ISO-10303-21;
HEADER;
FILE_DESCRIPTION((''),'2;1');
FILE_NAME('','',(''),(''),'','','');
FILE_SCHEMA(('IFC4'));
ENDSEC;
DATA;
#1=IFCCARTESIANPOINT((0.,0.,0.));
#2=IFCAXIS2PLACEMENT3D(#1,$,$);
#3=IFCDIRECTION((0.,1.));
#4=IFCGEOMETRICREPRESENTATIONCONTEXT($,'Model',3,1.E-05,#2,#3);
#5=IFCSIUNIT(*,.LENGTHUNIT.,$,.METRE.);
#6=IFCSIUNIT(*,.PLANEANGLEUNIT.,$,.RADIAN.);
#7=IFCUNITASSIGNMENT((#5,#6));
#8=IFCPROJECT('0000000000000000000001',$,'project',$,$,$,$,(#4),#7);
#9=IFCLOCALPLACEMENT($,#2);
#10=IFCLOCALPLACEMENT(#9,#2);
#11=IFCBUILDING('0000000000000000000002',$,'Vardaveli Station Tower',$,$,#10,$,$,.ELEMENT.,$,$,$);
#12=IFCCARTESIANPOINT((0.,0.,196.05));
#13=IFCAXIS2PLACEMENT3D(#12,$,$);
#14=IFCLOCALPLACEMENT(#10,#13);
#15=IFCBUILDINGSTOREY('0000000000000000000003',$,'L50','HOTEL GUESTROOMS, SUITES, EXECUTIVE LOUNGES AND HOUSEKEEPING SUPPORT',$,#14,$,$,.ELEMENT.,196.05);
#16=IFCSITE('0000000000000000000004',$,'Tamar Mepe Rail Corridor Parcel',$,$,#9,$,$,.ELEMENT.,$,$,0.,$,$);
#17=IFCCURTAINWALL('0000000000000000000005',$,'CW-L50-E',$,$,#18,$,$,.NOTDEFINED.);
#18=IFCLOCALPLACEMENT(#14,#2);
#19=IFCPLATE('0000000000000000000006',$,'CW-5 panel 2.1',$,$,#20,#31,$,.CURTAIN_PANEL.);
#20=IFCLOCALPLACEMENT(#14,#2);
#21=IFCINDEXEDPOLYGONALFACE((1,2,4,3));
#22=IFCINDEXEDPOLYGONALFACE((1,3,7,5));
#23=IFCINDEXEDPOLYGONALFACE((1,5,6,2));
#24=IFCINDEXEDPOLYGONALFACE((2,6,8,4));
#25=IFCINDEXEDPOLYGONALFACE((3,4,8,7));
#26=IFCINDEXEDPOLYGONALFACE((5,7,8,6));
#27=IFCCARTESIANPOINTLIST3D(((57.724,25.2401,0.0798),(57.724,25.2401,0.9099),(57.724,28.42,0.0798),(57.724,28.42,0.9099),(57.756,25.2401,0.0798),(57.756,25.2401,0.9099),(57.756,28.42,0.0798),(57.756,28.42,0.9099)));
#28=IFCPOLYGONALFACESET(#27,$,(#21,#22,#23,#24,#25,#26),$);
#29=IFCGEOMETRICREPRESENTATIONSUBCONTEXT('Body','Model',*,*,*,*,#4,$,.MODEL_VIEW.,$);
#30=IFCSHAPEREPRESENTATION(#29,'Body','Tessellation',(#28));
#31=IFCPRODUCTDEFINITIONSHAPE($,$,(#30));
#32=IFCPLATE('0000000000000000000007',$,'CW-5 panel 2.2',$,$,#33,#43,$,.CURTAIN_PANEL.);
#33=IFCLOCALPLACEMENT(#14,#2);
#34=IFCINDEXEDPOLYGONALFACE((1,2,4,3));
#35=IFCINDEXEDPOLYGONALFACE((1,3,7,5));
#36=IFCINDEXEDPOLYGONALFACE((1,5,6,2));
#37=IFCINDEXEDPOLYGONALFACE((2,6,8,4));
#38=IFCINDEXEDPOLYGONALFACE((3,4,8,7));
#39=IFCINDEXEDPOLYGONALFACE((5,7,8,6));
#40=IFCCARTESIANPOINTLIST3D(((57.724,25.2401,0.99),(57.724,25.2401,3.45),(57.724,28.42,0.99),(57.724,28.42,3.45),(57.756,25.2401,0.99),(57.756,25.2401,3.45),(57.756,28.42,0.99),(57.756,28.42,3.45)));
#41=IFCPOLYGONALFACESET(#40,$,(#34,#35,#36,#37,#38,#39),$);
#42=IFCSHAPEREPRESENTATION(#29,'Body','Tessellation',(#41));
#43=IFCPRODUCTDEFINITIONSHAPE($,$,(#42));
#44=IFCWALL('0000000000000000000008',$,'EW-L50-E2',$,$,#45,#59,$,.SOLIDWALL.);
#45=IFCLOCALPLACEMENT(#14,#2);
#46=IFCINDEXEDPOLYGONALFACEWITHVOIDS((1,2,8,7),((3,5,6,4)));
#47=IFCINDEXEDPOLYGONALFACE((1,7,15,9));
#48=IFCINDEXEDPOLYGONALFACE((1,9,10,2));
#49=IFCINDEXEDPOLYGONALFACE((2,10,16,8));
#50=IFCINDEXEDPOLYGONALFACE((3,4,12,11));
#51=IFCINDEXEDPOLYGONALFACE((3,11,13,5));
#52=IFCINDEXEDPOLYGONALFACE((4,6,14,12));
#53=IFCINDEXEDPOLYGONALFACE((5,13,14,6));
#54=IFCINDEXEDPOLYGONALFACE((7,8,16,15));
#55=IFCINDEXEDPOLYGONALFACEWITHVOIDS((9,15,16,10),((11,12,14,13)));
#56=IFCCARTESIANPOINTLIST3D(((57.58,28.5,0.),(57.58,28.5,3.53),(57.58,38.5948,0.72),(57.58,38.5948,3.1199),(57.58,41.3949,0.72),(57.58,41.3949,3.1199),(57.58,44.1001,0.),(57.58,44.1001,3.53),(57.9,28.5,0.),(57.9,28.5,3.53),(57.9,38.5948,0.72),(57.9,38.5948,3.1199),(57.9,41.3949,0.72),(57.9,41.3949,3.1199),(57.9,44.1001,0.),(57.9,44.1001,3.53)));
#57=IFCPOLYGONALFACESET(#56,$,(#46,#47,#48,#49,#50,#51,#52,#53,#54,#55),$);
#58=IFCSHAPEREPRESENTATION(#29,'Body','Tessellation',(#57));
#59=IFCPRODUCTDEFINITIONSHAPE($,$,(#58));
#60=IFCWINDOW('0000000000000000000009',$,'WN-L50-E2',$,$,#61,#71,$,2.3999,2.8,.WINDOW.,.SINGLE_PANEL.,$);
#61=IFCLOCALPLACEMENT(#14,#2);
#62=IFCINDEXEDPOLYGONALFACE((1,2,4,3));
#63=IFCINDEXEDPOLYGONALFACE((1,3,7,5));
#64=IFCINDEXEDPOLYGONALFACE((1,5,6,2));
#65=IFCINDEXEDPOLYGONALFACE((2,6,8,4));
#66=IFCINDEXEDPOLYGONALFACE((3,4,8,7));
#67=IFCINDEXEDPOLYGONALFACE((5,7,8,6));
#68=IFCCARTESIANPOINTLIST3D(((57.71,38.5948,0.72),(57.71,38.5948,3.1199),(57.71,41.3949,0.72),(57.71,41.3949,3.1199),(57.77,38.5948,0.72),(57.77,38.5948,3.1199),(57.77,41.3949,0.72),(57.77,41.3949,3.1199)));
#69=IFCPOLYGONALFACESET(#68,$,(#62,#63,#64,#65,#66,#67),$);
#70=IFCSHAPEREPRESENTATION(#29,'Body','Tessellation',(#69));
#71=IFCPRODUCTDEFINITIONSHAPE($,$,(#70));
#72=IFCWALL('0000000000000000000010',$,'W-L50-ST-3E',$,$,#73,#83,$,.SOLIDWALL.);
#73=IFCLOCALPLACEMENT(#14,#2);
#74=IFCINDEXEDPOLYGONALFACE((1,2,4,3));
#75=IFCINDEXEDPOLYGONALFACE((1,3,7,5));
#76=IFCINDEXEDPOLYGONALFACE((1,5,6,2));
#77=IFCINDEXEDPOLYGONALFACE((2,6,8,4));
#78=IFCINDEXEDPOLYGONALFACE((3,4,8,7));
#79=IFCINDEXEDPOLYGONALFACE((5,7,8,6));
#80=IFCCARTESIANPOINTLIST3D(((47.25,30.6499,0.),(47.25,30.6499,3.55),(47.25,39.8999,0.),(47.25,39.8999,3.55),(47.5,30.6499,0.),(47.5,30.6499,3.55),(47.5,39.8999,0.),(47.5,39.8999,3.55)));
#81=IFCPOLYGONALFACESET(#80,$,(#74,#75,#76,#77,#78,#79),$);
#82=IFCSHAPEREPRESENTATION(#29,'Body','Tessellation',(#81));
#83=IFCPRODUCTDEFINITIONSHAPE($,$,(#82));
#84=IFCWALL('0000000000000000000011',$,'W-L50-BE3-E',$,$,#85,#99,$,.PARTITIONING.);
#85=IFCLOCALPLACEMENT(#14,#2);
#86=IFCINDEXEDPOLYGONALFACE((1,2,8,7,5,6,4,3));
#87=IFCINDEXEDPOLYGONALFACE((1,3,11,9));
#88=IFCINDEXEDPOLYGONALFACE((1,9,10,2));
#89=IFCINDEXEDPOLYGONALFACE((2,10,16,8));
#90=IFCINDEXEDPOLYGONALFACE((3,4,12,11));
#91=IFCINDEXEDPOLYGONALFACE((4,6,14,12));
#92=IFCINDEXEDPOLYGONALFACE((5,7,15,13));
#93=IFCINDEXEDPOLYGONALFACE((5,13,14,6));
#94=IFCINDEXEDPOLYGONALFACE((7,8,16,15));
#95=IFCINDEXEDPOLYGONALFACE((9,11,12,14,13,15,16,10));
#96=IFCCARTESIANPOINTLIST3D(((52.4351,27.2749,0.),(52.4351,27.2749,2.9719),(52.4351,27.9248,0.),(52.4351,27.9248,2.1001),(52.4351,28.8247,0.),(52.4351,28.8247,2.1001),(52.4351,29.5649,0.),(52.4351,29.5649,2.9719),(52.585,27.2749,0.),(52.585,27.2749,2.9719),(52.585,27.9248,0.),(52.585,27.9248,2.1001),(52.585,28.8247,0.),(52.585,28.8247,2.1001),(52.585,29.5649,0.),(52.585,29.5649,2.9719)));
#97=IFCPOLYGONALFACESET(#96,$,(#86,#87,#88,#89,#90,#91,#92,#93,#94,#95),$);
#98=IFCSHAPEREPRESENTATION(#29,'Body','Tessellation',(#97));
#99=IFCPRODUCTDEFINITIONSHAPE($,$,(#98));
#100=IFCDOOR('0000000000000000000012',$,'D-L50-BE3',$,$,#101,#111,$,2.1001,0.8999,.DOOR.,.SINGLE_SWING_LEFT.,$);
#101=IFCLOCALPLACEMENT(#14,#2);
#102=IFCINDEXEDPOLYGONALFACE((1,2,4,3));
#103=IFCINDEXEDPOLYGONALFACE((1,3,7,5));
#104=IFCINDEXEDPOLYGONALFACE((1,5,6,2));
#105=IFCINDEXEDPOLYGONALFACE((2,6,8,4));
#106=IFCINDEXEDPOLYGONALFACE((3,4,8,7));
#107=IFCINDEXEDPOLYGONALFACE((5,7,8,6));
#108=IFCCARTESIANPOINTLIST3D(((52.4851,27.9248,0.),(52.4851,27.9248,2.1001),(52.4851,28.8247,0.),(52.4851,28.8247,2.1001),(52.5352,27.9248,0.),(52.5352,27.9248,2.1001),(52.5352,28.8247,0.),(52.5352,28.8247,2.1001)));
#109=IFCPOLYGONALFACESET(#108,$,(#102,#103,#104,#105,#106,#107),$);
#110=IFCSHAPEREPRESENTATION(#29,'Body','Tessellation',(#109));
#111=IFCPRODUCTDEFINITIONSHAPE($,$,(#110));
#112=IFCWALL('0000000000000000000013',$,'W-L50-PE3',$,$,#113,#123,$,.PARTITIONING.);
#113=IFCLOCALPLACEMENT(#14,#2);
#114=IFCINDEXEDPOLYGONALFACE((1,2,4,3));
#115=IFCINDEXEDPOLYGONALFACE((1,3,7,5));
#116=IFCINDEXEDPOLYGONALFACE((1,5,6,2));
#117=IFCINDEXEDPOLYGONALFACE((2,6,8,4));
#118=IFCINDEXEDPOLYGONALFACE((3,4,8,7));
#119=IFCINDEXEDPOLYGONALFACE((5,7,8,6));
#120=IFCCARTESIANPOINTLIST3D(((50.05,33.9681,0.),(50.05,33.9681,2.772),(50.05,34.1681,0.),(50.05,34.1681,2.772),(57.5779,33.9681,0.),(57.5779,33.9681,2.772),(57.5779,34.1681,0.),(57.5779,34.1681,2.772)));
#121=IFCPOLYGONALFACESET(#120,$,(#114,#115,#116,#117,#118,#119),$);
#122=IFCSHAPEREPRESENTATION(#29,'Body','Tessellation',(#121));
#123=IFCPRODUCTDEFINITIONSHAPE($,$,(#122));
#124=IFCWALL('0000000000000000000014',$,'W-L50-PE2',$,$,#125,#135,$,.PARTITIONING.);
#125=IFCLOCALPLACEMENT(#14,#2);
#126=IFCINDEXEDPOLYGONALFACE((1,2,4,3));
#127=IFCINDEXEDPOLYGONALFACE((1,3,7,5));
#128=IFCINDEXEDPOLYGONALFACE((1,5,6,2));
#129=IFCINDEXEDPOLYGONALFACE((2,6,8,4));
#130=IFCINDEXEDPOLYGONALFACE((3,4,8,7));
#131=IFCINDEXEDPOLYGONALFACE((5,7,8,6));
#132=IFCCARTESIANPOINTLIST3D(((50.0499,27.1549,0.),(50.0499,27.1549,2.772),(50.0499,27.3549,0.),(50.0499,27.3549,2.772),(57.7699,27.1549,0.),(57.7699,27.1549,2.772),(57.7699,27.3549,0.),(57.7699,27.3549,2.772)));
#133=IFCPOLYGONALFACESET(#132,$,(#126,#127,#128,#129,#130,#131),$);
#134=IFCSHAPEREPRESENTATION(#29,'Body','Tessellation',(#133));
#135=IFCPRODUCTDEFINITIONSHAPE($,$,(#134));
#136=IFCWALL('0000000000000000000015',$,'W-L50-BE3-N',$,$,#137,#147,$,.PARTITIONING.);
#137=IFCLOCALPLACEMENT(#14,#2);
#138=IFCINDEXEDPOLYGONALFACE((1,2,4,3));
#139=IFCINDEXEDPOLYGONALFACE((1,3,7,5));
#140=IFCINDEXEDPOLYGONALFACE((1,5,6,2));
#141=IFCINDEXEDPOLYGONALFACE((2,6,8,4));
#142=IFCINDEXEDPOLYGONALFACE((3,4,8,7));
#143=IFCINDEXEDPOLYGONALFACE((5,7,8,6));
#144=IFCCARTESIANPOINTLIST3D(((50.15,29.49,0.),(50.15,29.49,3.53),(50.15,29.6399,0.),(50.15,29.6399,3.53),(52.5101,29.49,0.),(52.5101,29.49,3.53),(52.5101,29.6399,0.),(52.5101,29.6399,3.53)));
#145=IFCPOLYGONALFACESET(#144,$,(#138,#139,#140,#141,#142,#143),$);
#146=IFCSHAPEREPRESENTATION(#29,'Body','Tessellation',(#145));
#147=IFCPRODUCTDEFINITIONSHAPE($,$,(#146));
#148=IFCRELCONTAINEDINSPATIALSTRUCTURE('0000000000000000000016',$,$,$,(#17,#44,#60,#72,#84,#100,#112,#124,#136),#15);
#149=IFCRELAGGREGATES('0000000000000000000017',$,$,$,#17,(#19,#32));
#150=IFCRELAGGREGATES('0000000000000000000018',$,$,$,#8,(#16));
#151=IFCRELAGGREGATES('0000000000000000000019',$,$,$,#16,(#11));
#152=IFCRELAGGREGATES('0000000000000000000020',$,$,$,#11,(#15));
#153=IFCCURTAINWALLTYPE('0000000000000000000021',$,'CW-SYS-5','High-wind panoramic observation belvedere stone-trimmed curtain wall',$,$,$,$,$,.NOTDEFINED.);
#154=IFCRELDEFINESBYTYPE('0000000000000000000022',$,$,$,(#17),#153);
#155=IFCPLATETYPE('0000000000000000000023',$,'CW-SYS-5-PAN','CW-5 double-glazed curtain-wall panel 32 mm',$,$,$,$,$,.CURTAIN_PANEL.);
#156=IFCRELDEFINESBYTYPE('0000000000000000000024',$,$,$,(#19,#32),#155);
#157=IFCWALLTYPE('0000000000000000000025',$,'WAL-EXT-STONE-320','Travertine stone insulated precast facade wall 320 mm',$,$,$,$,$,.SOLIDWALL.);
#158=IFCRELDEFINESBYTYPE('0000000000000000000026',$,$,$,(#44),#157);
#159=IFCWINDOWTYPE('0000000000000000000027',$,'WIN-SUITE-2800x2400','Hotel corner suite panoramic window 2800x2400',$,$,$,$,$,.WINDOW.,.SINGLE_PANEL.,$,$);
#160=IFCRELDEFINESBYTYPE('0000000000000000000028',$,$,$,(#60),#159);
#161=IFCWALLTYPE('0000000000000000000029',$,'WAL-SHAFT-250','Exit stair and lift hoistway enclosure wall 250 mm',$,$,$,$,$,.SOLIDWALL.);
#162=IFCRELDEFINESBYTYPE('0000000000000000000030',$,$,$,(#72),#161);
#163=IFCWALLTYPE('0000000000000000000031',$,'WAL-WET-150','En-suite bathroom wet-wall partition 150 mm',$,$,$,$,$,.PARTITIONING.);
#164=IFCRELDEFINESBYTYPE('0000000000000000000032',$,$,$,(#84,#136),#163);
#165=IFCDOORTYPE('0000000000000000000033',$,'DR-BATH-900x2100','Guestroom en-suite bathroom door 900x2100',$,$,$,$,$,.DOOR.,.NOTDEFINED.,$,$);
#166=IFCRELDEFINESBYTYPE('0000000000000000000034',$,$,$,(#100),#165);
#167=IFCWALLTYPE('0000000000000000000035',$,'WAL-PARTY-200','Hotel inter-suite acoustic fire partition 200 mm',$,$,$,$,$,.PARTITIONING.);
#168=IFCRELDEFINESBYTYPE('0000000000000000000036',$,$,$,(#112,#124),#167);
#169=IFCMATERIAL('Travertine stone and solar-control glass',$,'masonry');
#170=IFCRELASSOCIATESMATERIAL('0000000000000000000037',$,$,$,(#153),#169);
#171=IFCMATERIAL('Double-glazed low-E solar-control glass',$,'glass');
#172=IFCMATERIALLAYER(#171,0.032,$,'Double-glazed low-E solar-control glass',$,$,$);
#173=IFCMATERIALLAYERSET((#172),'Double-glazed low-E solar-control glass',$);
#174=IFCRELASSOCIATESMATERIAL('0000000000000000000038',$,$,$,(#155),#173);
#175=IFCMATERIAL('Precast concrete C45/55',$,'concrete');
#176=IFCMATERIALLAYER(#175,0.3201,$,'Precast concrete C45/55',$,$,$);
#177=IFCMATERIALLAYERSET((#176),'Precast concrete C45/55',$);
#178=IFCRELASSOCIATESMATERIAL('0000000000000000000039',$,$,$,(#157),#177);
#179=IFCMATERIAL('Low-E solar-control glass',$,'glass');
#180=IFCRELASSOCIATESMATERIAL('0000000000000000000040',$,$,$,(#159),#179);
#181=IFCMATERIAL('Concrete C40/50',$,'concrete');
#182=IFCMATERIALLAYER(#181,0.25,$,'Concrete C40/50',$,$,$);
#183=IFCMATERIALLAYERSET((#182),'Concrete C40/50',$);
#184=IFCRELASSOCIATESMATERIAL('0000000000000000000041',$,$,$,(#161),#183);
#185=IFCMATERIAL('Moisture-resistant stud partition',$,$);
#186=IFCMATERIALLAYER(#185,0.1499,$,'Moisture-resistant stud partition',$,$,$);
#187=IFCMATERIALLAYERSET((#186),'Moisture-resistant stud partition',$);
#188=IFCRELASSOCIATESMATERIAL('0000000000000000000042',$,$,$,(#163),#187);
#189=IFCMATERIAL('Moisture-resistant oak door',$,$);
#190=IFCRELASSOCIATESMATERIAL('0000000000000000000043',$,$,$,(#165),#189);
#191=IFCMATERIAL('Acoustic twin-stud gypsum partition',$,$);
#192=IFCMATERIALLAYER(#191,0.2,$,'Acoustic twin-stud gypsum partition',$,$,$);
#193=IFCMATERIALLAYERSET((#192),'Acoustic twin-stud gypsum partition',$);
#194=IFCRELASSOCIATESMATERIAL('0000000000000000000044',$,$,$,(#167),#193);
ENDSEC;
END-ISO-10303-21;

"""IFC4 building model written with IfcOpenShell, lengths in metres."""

from ifc_helpers import new_model, si_unit, direction, frame, frame_2d, origin, origin_2d, place, context, subcontext, project, spatial, rectangle, extrude, source, transform, mapped, material, layer, layer_set, type_object, element, fill, aggregate, save


model = new_model("IFC4")

# Units and contexts
model_context = context("Model", 3, precision=1e-05, world=origin(), true_north=direction((0.0, 1.0)))
body_context = subcontext(model_context, "Body", "Model", "MODEL_VIEW")
ifc_project = project(units=[si_unit("LENGTHUNIT", "METRE"), si_unit("PLANEANGLEUNIT", "RADIAN")], contexts=[model_context])

# Site, building, storey
site_placement = place(None, origin())
site = spatial("IfcSite", under=ifc_project, at=site_placement, Name="Tamar Mepe Rail Corridor Parcel", CompositionType="ELEMENT", RefElevation=0.0)
building_placement = place(site_placement, origin())
building = spatial("IfcBuilding", under=site, at=building_placement, Name="Vardaveli Station Tower", CompositionType="ELEMENT")
storey_placement = place(building_placement, frame((0.0, 0.0, 196.05)))
storey = spatial("IfcBuildingStorey", under=building, at=storey_placement, Name="L50", Description="HOTEL GUESTROOMS, SUITES, EXECUTIVE LOUNGES AND HOUSEKEEPING SUPPORT", CompositionType="ELEMENT", Elevation=196.05)

# Shared definitions
ifc_material_1 = material(Name="Precast concrete C45/55", Category="concrete")

# Curtain wall, plates
ifc_material_2 = material(Name="Travertine stone and solar-control glass", Category="masonry")
curtain_wall_type = type_object("IfcCurtainWallType", Name="CW-SYS-5", Description="High-wind panoramic observation belvedere stone-trimmed curtain wall", PredefinedType="NOTDEFINED", material=ifc_material_2)
curtain_wall_placement = place(storey_placement, origin())
curtain_wall = element("IfcCurtainWall", 1, at=curtain_wall_placement, inside=storey, type_object=curtain_wall_type, Name="CW-L50-E", PredefinedType="NOTDEFINED")
ifc_material_3 = material(Name="Double-glazed low-E solar-control glass", Category="glass")
ifc_layer_1 = layer(ifc_material_3, 0.032, Name="Double-glazed low-E solar-control glass")
ifc_layer_set_1 = layer_set([ifc_layer_1], Name="Double-glazed low-E solar-control glass")
plate_type = type_object("IfcPlateType", Name="CW-SYS-5-PAN", Description="CW-5 double-glazed curtain-wall panel 32 mm", PredefinedType="CURTAIN_PANEL", material=ifc_layer_set_1)
shared_shape_1 = source(origin(), body_context, "Body", "SweptSolid", [
    extrude(rectangle(XDim=3.1799, YDim=0.032, at=origin_2d()), origin(), (0.0, 0.0, 1.0), 0.8301),
])
plate_1_placement = place(storey_placement, frame((57.74, 26.8301, 0.0798), z_axis=(0.0, 0.0, 1.0), x_axis=(0.0, 1.0, 0.0)))
plate_1 = element("IfcPlate", 2, at=plate_1_placement, type_object=plate_type, Name="CW-5 panel 2.1", PredefinedType="CURTAIN_PANEL", context=body_context, shape_type="MappedRepresentation", body=[
    mapped(shared_shape_1, transform((0.0, 0.0, 0.0), scale=1.0)),
])
shared_shape_2 = source(origin(), body_context, "Body", "SweptSolid", [
    extrude(rectangle(XDim=3.1799, YDim=0.032, at=origin_2d()), origin(), (0.0, 0.0, 1.0), 2.46),
])
plate_2_placement = place(storey_placement, frame((57.74, 26.8301, 0.99), z_axis=(0.0, 0.0, 1.0), x_axis=(0.0, 1.0, 0.0)))
plate_2 = element("IfcPlate", 3, at=plate_2_placement, type_object=plate_type, Name="CW-5 panel 2.2", PredefinedType="CURTAIN_PANEL", context=body_context, shape_type="MappedRepresentation", body=[
    mapped(shared_shape_2, transform((0.0, 0.0, 0.0), scale=1.0)),
])
aggregate(curtain_wall, [plate_1, plate_2])

# Wall, opening, window
ifc_layer_2 = layer(ifc_material_1, 0.3201, Name="Precast concrete C45/55")
ifc_layer_set_2 = layer_set([ifc_layer_2], Name="Precast concrete C45/55")
wall_type_1 = type_object("IfcWallType", Name="WAL-EXT-STONE-320", Description="Travertine stone insulated precast facade wall 320 mm", PredefinedType="SOLIDWALL", material=ifc_layer_set_2)
shared_shape_3 = source(origin(), body_context, "Body", "SweptSolid", [
    extrude(rectangle(XDim=15.6001, YDim=0.3201, at=frame_2d((7.8, 0.0))), origin(), (0.0, 0.0, 1.0), 3.53),
])
wall_1_placement = place(storey_placement, frame((57.74, 28.5, 0.0), z_axis=(0.0, 0.0, 1.0), x_axis=(0.0, 1.0, 0.0)))
wall_1 = element("IfcWall", 4, at=wall_1_placement, inside=storey, type_object=wall_type_1, Name="EW-L50-E2", PredefinedType="SOLIDWALL", context=body_context, shape_type="MappedRepresentation", body=[
    mapped(shared_shape_3, transform((0.0, 0.0, 0.0), scale=1.0)),
])
shared_shape_4 = source(origin(), body_context, "Body", "SweptSolid", [
    extrude(rectangle(XDim=2.8, YDim=2.3999, at=frame_2d((1.3999, 1.2))), frame((0.0, 0.1699, 0.0), z_axis=(0.0, -1.0, 0.0), x_axis=(1.0, 0.0, 0.0)), (0.0, 0.0, 1.0), 0.3401),
])
opening_1_placement = place(wall_1_placement, frame((10.095, 0.0, 0.72)))
opening_1 = element("IfcOpeningElement", 5, at=opening_1_placement, cuts=wall_1, PredefinedType="OPENING", context=body_context, shape_type="MappedRepresentation", body=[
    mapped(shared_shape_4, transform((0.0, 0.0, 0.0), scale=1.0)),
])
ifc_material_4 = material(Name="Low-E solar-control glass", Category="glass")
window_type = type_object("IfcWindowType", Name="WIN-SUITE-2800x2400", Description="Hotel corner suite panoramic window 2800x2400", PartitioningType="SINGLE_PANEL", PredefinedType="WINDOW", material=ifc_material_4)
shared_shape_5 = source(origin(), body_context, "Body", "SweptSolid", [
    extrude(rectangle(XDim=2.8, YDim=2.3999, at=frame_2d((1.3999, 1.2))), frame((0.0, 0.03, 0.0), z_axis=(0.0, -1.0, 0.0), x_axis=(1.0, 0.0, 0.0)), (0.0, 0.0, 1.0), 0.0601),
])
window_placement = place(opening_1_placement, origin())
window = element("IfcWindow", 6, at=window_placement, inside=storey, type_object=window_type, Name="WN-L50-E2", OverallHeight=2.3999, OverallWidth=2.8, PartitioningType="SINGLE_PANEL", PredefinedType="WINDOW", context=body_context, shape_type="MappedRepresentation", body=[
    mapped(shared_shape_5, transform((0.0, 0.0, 0.0), scale=1.0)),
])
fill(opening_1, window)

# Wall
ifc_material_5 = material(Name="Concrete C40/50", Category="concrete")
ifc_layer_3 = layer(ifc_material_5, 0.25, Name="Concrete C40/50")
ifc_layer_set_3 = layer_set([ifc_layer_3], Name="Concrete C40/50")
wall_type_2 = type_object("IfcWallType", Name="WAL-SHAFT-250", Description="Exit stair and lift hoistway enclosure wall 250 mm", PredefinedType="SOLIDWALL", material=ifc_layer_set_3)
shared_shape_6 = source(origin(), body_context, "Body", "SweptSolid", [
    extrude(rectangle(XDim=9.25, YDim=0.25, at=frame_2d((4.625, 0.0))), origin(), (0.0, 0.0, 1.0), 3.55),
])
wall_2_placement = place(storey_placement, frame((47.375, 30.6499, 0.0), z_axis=(0.0, 0.0, 1.0), x_axis=(0.0, 1.0, 0.0)))
element("IfcWall", 7, at=wall_2_placement, inside=storey, type_object=wall_type_2, Name="W-L50-ST-3E", PredefinedType="SOLIDWALL", context=body_context, shape_type="MappedRepresentation", body=[
    mapped(shared_shape_6, transform((0.0, 0.0, 0.0), scale=1.0)),
])

# Wall, opening, door
ifc_material_6 = material(Name="Moisture-resistant stud partition")
ifc_layer_4 = layer(ifc_material_6, 0.1499, Name="Moisture-resistant stud partition")
ifc_layer_set_4 = layer_set([ifc_layer_4], Name="Moisture-resistant stud partition")
wall_type_3 = type_object("IfcWallType", Name="WAL-WET-150", Description="En-suite bathroom wet-wall partition 150 mm", PredefinedType="PARTITIONING", material=ifc_layer_set_4)
shared_shape_7 = source(origin(), body_context, "Body", "SweptSolid", [
    extrude(rectangle(XDim=2.29, YDim=0.1499, at=frame_2d((1.145, 0.0))), origin(), (0.0, 0.0, 1.0), 2.9719),
])
wall_3_placement = place(storey_placement, frame((52.51, 27.2749, 0.0), z_axis=(0.0, 0.0, 1.0), x_axis=(0.0, 1.0, 0.0)))
wall_3 = element("IfcWall", 8, at=wall_3_placement, inside=storey, type_object=wall_type_3, Name="W-L50-BE3-E", PredefinedType="PARTITIONING", context=body_context, shape_type="MappedRepresentation", body=[
    mapped(shared_shape_7, transform((0.0, 0.0, 0.0), scale=1.0)),
])
shared_shape_8 = source(origin(), body_context, "Body", "SweptSolid", [
    extrude(rectangle(XDim=0.8999, YDim=2.1001, at=frame_2d((0.45, 1.05))), frame((0.0, 0.085, 0.0), z_axis=(0.0, -1.0, 0.0), x_axis=(1.0, 0.0, 0.0)), (0.0, 0.0, 1.0), 0.1699),
])
opening_2_placement = place(wall_3_placement, frame((0.6499, 0.0, 0.0)))
opening_2 = element("IfcOpeningElement", 9, at=opening_2_placement, cuts=wall_3, PredefinedType="OPENING", context=body_context, shape_type="MappedRepresentation", body=[
    mapped(shared_shape_8, transform((0.0, 0.0, 0.0), scale=1.0)),
])
ifc_material_7 = material(Name="Moisture-resistant oak door")
door_type = type_object("IfcDoorType", Name="DR-BATH-900x2100", Description="Guestroom en-suite bathroom door 900x2100", OperationType="NOTDEFINED", PredefinedType="DOOR", material=ifc_material_7)
shared_shape_9 = source(origin(), body_context, "Body", "SweptSolid", [
    extrude(rectangle(XDim=0.8999, YDim=2.1001, at=frame_2d((0.45, 1.05))), frame((0.0, 0.0249, 0.0), z_axis=(0.0, -1.0, 0.0), x_axis=(1.0, 0.0, 0.0)), (0.0, 0.0, 1.0), 0.05),
])
door_1_placement = place(opening_2_placement, origin())
door_1 = element("IfcDoor", 10, at=door_1_placement, inside=storey, type_object=door_type, Name="D-L50-BE3", OperationType="SINGLE_SWING_LEFT", OverallHeight=2.1001, OverallWidth=0.8999, PredefinedType="DOOR", context=body_context, shape_type="MappedRepresentation", body=[
    mapped(shared_shape_9, transform((0.0, 0.0, 0.0), scale=1.0)),
])
fill(opening_2, door_1)

# Walls
ifc_material_8 = material(Name="Acoustic twin-stud gypsum partition")
ifc_layer_5 = layer(ifc_material_8, 0.2, Name="Acoustic twin-stud gypsum partition")
ifc_layer_set_5 = layer_set([ifc_layer_5], Name="Acoustic twin-stud gypsum partition")
wall_type_4 = type_object("IfcWallType", Name="WAL-PARTY-200", Description="Hotel inter-suite acoustic fire partition 200 mm", PredefinedType="PARTITIONING", material=ifc_layer_set_5)
shared_shape_10 = source(origin(), body_context, "Body", "SweptSolid", [
    extrude(rectangle(XDim=7.5278, YDim=0.2, at=frame_2d((3.7639, 0.0))), origin(), (0.0, 0.0, 1.0), 2.772),
])
wall_4_placement = place(storey_placement, frame((50.05, 34.0681, 0.0), z_axis=(0.0, 0.0, 1.0), x_axis=(1.0, 0.0, 0.0)))
element("IfcWall", 11, at=wall_4_placement, inside=storey, type_object=wall_type_4, Name="W-L50-PE3", PredefinedType="PARTITIONING", context=body_context, shape_type="MappedRepresentation", body=[
    mapped(shared_shape_10, transform((0.0, 0.0, 0.0), scale=1.0)),
])
shared_shape_11 = source(origin(), body_context, "Body", "SweptSolid", [
    extrude(rectangle(XDim=7.72, YDim=0.2, at=frame_2d((3.8599, 0.0))), origin(), (0.0, 0.0, 1.0), 2.772),
])
wall_5_placement = place(storey_placement, frame((50.05, 27.2549, 0.0), z_axis=(0.0, 0.0, 1.0), x_axis=(1.0, 0.0, 0.0)))
element("IfcWall", 12, at=wall_5_placement, inside=storey, type_object=wall_type_4, Name="W-L50-PE2", PredefinedType="PARTITIONING", context=body_context, shape_type="MappedRepresentation", body=[
    mapped(shared_shape_11, transform((0.0, 0.0, 0.0), scale=1.0)),
])
shared_shape_12 = source(origin(), body_context, "Body", "SweptSolid", [
    extrude(rectangle(XDim=2.3601, YDim=0.1499, at=frame_2d((1.1802, 0.0))), origin(), (0.0, 0.0, 1.0), 3.53),
])
wall_6_placement = place(storey_placement, frame((50.1499, 29.5649, 0.0), z_axis=(0.0, 0.0, 1.0), x_axis=(1.0, 0.0, 0.0)))
element("IfcWall", 13, at=wall_6_placement, inside=storey, type_object=wall_type_3, Name="W-L50-BE3-N", PredefinedType="PARTITIONING", context=body_context, shape_type="MappedRepresentation", body=[
    mapped(shared_shape_12, transform((0.0, 0.0, 0.0), scale=1.0)),
])

save(model, "model.ifc")
